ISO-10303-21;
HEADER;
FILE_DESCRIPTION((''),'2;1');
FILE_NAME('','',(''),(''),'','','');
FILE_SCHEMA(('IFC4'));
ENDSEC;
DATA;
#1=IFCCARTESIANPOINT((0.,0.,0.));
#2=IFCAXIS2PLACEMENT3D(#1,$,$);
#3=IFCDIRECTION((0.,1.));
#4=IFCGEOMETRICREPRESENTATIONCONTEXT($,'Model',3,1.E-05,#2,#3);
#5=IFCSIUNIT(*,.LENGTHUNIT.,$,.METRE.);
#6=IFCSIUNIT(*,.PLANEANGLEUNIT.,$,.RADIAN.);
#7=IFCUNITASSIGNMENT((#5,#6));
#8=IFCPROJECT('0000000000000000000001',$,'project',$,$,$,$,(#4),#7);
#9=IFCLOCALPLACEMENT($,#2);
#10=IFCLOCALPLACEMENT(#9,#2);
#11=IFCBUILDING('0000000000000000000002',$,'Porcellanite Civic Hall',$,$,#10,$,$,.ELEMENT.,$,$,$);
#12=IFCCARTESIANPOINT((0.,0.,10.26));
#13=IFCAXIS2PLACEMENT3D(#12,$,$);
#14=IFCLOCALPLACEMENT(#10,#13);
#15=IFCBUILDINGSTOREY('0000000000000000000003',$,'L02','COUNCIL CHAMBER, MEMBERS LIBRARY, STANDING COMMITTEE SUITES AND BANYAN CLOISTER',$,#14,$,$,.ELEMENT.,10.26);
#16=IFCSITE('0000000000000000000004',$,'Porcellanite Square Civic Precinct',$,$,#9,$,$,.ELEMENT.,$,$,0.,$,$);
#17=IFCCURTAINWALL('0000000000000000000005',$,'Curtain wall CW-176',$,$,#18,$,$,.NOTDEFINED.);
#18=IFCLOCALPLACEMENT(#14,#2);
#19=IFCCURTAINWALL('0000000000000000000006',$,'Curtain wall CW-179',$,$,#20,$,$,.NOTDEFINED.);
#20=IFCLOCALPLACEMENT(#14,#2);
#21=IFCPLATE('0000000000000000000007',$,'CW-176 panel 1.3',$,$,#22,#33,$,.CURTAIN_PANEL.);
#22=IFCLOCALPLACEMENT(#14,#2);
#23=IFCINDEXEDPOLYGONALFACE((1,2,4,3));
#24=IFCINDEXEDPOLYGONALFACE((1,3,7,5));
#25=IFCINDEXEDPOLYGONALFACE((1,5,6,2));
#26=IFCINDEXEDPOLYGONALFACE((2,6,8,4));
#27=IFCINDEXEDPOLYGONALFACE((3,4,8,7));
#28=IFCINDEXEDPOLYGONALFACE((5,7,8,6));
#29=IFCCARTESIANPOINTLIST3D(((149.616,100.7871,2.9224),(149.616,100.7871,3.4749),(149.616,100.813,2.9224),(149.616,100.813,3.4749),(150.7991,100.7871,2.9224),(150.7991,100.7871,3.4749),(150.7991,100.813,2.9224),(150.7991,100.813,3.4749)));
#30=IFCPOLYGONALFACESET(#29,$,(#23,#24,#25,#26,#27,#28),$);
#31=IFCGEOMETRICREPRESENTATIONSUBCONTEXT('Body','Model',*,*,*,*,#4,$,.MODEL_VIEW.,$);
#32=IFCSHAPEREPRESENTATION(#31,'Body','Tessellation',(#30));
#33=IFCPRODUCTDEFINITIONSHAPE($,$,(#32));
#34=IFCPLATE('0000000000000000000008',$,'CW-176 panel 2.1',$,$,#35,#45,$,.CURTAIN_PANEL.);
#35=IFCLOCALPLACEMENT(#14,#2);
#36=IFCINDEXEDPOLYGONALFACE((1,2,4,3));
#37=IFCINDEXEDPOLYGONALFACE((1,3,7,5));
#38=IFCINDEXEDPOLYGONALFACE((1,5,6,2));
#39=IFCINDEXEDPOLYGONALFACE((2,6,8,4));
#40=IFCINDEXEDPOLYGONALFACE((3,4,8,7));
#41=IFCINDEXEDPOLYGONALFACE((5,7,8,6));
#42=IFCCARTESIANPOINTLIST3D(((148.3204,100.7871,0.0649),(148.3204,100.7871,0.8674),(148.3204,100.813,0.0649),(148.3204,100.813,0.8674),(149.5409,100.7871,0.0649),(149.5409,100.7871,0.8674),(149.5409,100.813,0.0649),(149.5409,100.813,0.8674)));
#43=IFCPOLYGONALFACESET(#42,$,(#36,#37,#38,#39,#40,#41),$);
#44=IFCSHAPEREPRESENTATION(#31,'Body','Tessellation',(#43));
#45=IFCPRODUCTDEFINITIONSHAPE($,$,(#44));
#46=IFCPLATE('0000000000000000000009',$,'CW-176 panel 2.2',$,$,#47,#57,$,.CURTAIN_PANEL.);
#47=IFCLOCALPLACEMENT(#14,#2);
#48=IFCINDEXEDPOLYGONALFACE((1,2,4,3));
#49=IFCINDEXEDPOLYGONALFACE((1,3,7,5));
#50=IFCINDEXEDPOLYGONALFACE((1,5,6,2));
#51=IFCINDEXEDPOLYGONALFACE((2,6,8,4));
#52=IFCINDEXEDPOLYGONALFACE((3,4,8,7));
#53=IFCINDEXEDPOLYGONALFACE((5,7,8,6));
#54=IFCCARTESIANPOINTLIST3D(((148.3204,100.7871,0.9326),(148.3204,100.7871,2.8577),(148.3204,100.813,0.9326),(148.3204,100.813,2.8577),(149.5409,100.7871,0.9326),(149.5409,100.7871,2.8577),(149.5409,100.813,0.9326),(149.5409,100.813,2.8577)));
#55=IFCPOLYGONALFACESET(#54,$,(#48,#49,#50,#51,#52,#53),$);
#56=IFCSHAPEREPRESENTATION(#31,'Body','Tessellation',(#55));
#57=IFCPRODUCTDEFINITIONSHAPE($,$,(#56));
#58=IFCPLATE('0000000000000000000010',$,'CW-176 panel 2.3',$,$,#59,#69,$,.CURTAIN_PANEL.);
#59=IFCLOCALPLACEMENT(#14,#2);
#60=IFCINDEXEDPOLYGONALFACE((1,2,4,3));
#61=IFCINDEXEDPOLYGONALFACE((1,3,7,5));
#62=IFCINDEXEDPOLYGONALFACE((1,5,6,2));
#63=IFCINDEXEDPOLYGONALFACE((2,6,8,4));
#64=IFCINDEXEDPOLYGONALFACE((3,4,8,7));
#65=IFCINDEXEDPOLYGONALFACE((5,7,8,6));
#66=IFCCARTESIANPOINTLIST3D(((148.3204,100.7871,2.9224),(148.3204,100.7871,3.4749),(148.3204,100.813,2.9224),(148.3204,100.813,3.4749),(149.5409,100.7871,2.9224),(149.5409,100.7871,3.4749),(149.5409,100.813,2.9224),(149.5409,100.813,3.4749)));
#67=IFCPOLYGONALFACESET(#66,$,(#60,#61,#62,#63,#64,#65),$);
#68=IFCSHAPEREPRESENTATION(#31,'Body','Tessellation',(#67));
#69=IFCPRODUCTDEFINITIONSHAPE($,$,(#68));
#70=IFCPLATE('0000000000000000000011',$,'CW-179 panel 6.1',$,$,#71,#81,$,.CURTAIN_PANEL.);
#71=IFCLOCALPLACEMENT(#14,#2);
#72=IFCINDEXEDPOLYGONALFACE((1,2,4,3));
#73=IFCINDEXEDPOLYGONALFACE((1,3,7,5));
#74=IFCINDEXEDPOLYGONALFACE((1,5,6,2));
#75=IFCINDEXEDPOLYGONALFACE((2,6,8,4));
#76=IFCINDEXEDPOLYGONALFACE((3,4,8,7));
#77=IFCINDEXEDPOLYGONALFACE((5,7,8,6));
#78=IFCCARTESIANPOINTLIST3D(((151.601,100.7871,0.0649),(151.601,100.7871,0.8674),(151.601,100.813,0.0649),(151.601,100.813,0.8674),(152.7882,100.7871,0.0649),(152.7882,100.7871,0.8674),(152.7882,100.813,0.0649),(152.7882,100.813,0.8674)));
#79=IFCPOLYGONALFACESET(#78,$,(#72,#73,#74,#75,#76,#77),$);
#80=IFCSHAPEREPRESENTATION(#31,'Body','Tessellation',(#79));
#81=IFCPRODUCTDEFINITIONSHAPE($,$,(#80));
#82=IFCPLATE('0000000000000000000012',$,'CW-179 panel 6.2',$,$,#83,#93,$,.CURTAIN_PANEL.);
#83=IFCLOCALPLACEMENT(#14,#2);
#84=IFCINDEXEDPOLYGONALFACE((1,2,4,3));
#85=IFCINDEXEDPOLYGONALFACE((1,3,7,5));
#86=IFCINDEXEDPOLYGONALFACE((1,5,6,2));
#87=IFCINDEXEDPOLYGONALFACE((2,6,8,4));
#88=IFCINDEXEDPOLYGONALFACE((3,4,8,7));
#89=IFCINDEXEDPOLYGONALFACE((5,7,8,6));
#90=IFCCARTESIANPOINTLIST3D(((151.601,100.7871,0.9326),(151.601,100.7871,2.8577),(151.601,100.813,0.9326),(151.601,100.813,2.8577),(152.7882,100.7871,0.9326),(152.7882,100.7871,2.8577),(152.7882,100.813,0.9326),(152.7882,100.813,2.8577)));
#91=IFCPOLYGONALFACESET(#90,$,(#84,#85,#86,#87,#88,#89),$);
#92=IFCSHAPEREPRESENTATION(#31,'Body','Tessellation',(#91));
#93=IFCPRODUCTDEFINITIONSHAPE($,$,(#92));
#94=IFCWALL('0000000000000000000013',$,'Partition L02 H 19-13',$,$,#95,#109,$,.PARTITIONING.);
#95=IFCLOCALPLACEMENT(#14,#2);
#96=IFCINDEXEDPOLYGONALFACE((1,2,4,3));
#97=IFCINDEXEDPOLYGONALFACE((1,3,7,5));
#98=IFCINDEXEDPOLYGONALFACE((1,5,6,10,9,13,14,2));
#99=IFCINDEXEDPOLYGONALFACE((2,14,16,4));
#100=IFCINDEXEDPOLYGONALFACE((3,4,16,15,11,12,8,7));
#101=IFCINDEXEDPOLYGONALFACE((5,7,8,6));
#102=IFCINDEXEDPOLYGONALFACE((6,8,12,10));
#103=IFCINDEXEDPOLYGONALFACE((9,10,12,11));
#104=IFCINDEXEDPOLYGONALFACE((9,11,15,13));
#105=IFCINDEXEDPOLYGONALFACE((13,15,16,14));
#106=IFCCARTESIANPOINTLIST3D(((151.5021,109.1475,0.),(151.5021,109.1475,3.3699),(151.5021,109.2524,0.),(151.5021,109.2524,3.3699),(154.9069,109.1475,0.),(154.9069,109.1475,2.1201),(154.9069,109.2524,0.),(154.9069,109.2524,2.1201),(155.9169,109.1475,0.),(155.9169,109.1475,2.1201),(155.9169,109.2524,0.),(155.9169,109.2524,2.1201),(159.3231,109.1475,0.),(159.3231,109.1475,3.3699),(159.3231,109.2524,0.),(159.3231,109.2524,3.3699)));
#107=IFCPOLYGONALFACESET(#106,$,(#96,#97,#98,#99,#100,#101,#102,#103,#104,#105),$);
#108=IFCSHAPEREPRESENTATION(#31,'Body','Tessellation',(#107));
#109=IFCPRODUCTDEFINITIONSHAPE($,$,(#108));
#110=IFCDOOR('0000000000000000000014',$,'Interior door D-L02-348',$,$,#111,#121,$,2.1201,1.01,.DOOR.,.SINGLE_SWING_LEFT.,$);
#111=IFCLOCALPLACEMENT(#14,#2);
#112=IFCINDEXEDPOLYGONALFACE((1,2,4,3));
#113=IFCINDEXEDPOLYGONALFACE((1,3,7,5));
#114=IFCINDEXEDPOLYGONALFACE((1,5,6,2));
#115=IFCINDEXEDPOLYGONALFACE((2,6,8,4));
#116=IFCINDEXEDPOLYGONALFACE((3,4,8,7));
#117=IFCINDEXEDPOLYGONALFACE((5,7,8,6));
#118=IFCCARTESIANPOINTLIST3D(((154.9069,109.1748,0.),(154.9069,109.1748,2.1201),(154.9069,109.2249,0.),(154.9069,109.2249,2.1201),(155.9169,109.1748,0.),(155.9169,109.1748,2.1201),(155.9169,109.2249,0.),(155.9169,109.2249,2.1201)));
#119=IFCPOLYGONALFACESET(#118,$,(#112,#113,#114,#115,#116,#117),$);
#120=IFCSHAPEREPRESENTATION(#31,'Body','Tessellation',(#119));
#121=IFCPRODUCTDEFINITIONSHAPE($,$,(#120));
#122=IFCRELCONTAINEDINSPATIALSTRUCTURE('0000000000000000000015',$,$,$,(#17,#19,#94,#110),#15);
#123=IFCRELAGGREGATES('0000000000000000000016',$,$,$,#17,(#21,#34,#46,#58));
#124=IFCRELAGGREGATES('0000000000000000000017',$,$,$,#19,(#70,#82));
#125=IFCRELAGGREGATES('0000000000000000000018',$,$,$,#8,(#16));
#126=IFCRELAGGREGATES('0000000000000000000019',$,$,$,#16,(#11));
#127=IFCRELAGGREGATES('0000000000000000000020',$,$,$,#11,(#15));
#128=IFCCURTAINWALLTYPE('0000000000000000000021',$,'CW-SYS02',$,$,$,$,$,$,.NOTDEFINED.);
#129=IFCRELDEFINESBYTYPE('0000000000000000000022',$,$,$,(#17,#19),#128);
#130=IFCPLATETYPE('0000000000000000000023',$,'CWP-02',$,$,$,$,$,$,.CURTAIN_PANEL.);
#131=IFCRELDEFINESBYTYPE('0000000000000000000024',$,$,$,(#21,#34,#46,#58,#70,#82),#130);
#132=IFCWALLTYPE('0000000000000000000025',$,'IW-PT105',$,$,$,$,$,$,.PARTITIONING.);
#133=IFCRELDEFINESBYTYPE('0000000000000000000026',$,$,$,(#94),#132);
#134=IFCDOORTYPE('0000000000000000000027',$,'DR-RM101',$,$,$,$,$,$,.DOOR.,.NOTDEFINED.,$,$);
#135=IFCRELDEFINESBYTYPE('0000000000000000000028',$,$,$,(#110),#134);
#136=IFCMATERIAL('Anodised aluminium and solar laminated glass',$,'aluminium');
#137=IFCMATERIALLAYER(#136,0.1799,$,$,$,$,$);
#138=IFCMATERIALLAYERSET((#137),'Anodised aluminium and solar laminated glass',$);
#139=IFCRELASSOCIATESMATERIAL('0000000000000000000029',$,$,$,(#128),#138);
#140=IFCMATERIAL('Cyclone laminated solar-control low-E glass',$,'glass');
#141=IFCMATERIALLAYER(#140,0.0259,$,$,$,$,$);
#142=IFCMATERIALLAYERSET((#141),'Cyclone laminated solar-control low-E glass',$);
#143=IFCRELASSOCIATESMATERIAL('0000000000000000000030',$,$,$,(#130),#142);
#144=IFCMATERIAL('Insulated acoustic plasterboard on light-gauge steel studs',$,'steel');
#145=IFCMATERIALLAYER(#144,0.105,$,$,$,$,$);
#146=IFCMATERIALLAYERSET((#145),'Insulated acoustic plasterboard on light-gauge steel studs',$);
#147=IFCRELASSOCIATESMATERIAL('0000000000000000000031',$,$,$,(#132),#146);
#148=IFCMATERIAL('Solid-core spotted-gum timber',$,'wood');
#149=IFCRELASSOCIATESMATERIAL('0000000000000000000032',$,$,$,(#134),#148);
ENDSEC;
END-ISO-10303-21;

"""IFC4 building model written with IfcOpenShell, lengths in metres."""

from ifc_helpers import new_model, si_unit, direction, frame, frame_2d, origin, origin_2d, place, context, subcontext, project, spatial, rectangle, extrude, material, layer, layer_set, type_object, element, fill, aggregate, save


model = new_model("IFC4")

# Units and contexts
model_context = context("Model", 3, precision=1e-05, world=origin(), true_north=direction((0.0, 1.0)))
body_context = subcontext(model_context, "Body", "Model", "MODEL_VIEW")
ifc_project = project(units=[si_unit("LENGTHUNIT", "METRE"), si_unit("PLANEANGLEUNIT", "RADIAN")], contexts=[model_context])

# Site, building, storey
site_placement = place(None, origin())
site = spatial("IfcSite", under=ifc_project, at=site_placement, Name="Porcellanite Square Civic Precinct", CompositionType="ELEMENT", RefElevation=0.0)
building_placement = place(site_placement, origin())
building = spatial("IfcBuilding", under=site, at=building_placement, Name="Porcellanite Civic Hall", CompositionType="ELEMENT")
storey_placement = place(building_placement, frame((0.0, 0.0, 10.26)))
storey = spatial("IfcBuildingStorey", under=building, at=storey_placement, Name="L02", Description="COUNCIL CHAMBER, MEMBERS LIBRARY, STANDING COMMITTEE SUITES AND BANYAN CLOISTER", CompositionType="ELEMENT", Elevation=10.26)

# Curtain wall
ifc_material_1 = material(Name="Anodised aluminium and solar laminated glass", Category="aluminium")
ifc_layer_1 = layer(ifc_material_1, 0.1799)
ifc_layer_set_1 = layer_set([ifc_layer_1], Name="Anodised aluminium and solar laminated glass")
curtain_wall_type = type_object("IfcCurtainWallType", Name="CW-SYS02", PredefinedType="NOTDEFINED", material=ifc_layer_set_1)
curtain_wall_1_placement = place(storey_placement, origin())
curtain_wall_1 = element("IfcCurtainWall", 1, at=curtain_wall_1_placement, inside=storey, type_object=curtain_wall_type, Name="Curtain wall CW-176", PredefinedType="NOTDEFINED")

# Curtain wall
curtain_wall_2_placement = place(storey_placement, origin())
curtain_wall_2 = element("IfcCurtainWall", 2, at=curtain_wall_2_placement, inside=storey, type_object=curtain_wall_type, Name="Curtain wall CW-179", PredefinedType="NOTDEFINED")

# Plates
ifc_material_2 = material(Name="Cyclone laminated solar-control low-E glass", Category="glass")
ifc_layer_2 = layer(ifc_material_2, 0.0259)
ifc_layer_set_2 = layer_set([ifc_layer_2], Name="Cyclone laminated solar-control low-E glass")
plate_type = type_object("IfcPlateType", Name="CWP-02", PredefinedType="CURTAIN_PANEL", material=ifc_layer_set_2)
plate_1_placement = place(storey_placement, frame((150.2075, 100.8, 2.9224), z_axis=(0.0, 0.0, 1.0), x_axis=(-1.0, 0.0, 0.0)))
plate_1 = element("IfcPlate", 3, at=plate_1_placement, type_object=plate_type, Name="CW-176 panel 1.3", PredefinedType="CURTAIN_PANEL", context=body_context, shape_type="SweptSolid", body=[
    extrude(rectangle(XDim=1.1831, YDim=0.0259, at=origin_2d()), origin(), (0.0, 0.0, 1.0), 0.5525),
])
plate_2_placement = place(storey_placement, frame((148.9307, 100.8, 0.0649), z_axis=(0.0, 0.0, 1.0), x_axis=(-1.0, 0.0, 0.0)))
plate_2 = element("IfcPlate", 4, at=plate_2_placement, type_object=plate_type, Name="CW-176 panel 2.1", PredefinedType="CURTAIN_PANEL", context=body_context, shape_type="SweptSolid", body=[
    extrude(rectangle(XDim=1.2205, YDim=0.0259, at=origin_2d()), origin(), (0.0, 0.0, 1.0), 0.8025),
])
plate_3_placement = place(storey_placement, frame((148.9307, 100.8, 0.9326), z_axis=(0.0, 0.0, 1.0), x_axis=(-1.0, 0.0, 0.0)))
plate_3 = element("IfcPlate", 5, at=plate_3_placement, type_object=plate_type, Name="CW-176 panel 2.2", PredefinedType="CURTAIN_PANEL", context=body_context, shape_type="SweptSolid", body=[
    extrude(rectangle(XDim=1.2205, YDim=0.0259, at=origin_2d()), origin(), (0.0, 0.0, 1.0), 1.925),
])
plate_4_placement = place(storey_placement, frame((148.9307, 100.8, 2.9224), z_axis=(0.0, 0.0, 1.0), x_axis=(-1.0, 0.0, 0.0)))
plate_4 = element("IfcPlate", 6, at=plate_4_placement, type_object=plate_type, Name="CW-176 panel 2.3", PredefinedType="CURTAIN_PANEL", context=body_context, shape_type="SweptSolid", body=[
    extrude(rectangle(XDim=1.2205, YDim=0.0259, at=origin_2d()), origin(), (0.0, 0.0, 1.0), 0.5525),
])
aggregate(curtain_wall_1, [plate_1, plate_2, plate_3, plate_4])
plate_5_placement = place(storey_placement, frame((152.1946, 100.8, 0.0649), z_axis=(0.0, 0.0, 1.0), x_axis=(-1.0, 0.0, 0.0)))
plate_5 = element("IfcPlate", 7, at=plate_5_placement, type_object=plate_type, Name="CW-179 panel 6.1", PredefinedType="CURTAIN_PANEL", context=body_context, shape_type="SweptSolid", body=[
    extrude(rectangle(XDim=1.1873, YDim=0.0259, at=origin_2d()), origin(), (0.0, 0.0, 1.0), 0.8025),
])
plate_6_placement = place(storey_placement, frame((152.1946, 100.8, 0.9326), z_axis=(0.0, 0.0, 1.0), x_axis=(-1.0, 0.0, 0.0)))
plate_6 = element("IfcPlate", 8, at=plate_6_placement, type_object=plate_type, Name="CW-179 panel 6.2", PredefinedType="CURTAIN_PANEL", context=body_context, shape_type="SweptSolid", body=[
    extrude(rectangle(XDim=1.1873, YDim=0.0259, at=origin_2d()), origin(), (0.0, 0.0, 1.0), 1.925),
])
aggregate(curtain_wall_2, [plate_5, plate_6])

# Wall, opening, door
ifc_material_3 = material(Name="Insulated acoustic plasterboard on light-gauge steel studs", Category="steel")
ifc_layer_3 = layer(ifc_material_3, 0.105)
ifc_layer_set_3 = layer_set([ifc_layer_3], Name="Insulated acoustic plasterboard on light-gauge steel studs")
wall_type = type_object("IfcWallType", Name="IW-PT105", PredefinedType="PARTITIONING", material=ifc_layer_set_3)
wall_placement = place(storey_placement, frame((151.502, 109.2, 0.0), z_axis=(0.0, 0.0, 1.0), x_axis=(1.0, 0.0, 0.0)))
wall = element("IfcWall", 9, at=wall_placement, inside=storey, type_object=wall_type, Name="Partition L02 H 19-13", PredefinedType="PARTITIONING", context=body_context, shape_type="SweptSolid", body=[
    extrude(rectangle(XDim=7.821, YDim=0.105, at=frame_2d((3.9106, 0.0))), origin(), (0.0, 0.0, 1.0), 3.3699),
])
opening_placement = place(wall_placement, frame((3.405, 0.0, 0.0)))
opening = element("IfcOpeningElement", 10, at=opening_placement, cuts=wall, PredefinedType="OPENING", context=body_context, shape_type="SweptSolid", body=[
    extrude(rectangle(XDim=1.01, YDim=2.1201, at=frame_2d((0.5049, 1.0601))), frame((0.0, 0.0525, 0.0), z_axis=(0.0, -1.0, 0.0), x_axis=(1.0, 0.0, 0.0)), (0.0, 0.0, 1.0), 0.105),
])
ifc_material_4 = material(Name="Solid-core spotted-gum timber", Category="wood")
door_type = type_object("IfcDoorType", Name="DR-RM101", OperationType="NOTDEFINED", PredefinedType="DOOR", material=ifc_material_4)
door_placement = place(opening_placement, origin())
door = element("IfcDoor", 11, at=door_placement, inside=storey, type_object=door_type, Name="Interior door D-L02-348", OperationType="SINGLE_SWING_LEFT", OverallHeight=2.1201, OverallWidth=1.01, PredefinedType="DOOR", context=body_context, shape_type="SweptSolid", body=[
    extrude(rectangle(XDim=1.01, YDim=2.1201, at=frame_2d((0.5049, 1.0601))), frame((0.0, 0.0249, 0.0), z_axis=(0.0, -1.0, 0.0), x_axis=(1.0, 0.0, 0.0)), (0.0, 0.0, 1.0), 0.05),
])
fill(opening, door)

save(model, "model.ifc")
